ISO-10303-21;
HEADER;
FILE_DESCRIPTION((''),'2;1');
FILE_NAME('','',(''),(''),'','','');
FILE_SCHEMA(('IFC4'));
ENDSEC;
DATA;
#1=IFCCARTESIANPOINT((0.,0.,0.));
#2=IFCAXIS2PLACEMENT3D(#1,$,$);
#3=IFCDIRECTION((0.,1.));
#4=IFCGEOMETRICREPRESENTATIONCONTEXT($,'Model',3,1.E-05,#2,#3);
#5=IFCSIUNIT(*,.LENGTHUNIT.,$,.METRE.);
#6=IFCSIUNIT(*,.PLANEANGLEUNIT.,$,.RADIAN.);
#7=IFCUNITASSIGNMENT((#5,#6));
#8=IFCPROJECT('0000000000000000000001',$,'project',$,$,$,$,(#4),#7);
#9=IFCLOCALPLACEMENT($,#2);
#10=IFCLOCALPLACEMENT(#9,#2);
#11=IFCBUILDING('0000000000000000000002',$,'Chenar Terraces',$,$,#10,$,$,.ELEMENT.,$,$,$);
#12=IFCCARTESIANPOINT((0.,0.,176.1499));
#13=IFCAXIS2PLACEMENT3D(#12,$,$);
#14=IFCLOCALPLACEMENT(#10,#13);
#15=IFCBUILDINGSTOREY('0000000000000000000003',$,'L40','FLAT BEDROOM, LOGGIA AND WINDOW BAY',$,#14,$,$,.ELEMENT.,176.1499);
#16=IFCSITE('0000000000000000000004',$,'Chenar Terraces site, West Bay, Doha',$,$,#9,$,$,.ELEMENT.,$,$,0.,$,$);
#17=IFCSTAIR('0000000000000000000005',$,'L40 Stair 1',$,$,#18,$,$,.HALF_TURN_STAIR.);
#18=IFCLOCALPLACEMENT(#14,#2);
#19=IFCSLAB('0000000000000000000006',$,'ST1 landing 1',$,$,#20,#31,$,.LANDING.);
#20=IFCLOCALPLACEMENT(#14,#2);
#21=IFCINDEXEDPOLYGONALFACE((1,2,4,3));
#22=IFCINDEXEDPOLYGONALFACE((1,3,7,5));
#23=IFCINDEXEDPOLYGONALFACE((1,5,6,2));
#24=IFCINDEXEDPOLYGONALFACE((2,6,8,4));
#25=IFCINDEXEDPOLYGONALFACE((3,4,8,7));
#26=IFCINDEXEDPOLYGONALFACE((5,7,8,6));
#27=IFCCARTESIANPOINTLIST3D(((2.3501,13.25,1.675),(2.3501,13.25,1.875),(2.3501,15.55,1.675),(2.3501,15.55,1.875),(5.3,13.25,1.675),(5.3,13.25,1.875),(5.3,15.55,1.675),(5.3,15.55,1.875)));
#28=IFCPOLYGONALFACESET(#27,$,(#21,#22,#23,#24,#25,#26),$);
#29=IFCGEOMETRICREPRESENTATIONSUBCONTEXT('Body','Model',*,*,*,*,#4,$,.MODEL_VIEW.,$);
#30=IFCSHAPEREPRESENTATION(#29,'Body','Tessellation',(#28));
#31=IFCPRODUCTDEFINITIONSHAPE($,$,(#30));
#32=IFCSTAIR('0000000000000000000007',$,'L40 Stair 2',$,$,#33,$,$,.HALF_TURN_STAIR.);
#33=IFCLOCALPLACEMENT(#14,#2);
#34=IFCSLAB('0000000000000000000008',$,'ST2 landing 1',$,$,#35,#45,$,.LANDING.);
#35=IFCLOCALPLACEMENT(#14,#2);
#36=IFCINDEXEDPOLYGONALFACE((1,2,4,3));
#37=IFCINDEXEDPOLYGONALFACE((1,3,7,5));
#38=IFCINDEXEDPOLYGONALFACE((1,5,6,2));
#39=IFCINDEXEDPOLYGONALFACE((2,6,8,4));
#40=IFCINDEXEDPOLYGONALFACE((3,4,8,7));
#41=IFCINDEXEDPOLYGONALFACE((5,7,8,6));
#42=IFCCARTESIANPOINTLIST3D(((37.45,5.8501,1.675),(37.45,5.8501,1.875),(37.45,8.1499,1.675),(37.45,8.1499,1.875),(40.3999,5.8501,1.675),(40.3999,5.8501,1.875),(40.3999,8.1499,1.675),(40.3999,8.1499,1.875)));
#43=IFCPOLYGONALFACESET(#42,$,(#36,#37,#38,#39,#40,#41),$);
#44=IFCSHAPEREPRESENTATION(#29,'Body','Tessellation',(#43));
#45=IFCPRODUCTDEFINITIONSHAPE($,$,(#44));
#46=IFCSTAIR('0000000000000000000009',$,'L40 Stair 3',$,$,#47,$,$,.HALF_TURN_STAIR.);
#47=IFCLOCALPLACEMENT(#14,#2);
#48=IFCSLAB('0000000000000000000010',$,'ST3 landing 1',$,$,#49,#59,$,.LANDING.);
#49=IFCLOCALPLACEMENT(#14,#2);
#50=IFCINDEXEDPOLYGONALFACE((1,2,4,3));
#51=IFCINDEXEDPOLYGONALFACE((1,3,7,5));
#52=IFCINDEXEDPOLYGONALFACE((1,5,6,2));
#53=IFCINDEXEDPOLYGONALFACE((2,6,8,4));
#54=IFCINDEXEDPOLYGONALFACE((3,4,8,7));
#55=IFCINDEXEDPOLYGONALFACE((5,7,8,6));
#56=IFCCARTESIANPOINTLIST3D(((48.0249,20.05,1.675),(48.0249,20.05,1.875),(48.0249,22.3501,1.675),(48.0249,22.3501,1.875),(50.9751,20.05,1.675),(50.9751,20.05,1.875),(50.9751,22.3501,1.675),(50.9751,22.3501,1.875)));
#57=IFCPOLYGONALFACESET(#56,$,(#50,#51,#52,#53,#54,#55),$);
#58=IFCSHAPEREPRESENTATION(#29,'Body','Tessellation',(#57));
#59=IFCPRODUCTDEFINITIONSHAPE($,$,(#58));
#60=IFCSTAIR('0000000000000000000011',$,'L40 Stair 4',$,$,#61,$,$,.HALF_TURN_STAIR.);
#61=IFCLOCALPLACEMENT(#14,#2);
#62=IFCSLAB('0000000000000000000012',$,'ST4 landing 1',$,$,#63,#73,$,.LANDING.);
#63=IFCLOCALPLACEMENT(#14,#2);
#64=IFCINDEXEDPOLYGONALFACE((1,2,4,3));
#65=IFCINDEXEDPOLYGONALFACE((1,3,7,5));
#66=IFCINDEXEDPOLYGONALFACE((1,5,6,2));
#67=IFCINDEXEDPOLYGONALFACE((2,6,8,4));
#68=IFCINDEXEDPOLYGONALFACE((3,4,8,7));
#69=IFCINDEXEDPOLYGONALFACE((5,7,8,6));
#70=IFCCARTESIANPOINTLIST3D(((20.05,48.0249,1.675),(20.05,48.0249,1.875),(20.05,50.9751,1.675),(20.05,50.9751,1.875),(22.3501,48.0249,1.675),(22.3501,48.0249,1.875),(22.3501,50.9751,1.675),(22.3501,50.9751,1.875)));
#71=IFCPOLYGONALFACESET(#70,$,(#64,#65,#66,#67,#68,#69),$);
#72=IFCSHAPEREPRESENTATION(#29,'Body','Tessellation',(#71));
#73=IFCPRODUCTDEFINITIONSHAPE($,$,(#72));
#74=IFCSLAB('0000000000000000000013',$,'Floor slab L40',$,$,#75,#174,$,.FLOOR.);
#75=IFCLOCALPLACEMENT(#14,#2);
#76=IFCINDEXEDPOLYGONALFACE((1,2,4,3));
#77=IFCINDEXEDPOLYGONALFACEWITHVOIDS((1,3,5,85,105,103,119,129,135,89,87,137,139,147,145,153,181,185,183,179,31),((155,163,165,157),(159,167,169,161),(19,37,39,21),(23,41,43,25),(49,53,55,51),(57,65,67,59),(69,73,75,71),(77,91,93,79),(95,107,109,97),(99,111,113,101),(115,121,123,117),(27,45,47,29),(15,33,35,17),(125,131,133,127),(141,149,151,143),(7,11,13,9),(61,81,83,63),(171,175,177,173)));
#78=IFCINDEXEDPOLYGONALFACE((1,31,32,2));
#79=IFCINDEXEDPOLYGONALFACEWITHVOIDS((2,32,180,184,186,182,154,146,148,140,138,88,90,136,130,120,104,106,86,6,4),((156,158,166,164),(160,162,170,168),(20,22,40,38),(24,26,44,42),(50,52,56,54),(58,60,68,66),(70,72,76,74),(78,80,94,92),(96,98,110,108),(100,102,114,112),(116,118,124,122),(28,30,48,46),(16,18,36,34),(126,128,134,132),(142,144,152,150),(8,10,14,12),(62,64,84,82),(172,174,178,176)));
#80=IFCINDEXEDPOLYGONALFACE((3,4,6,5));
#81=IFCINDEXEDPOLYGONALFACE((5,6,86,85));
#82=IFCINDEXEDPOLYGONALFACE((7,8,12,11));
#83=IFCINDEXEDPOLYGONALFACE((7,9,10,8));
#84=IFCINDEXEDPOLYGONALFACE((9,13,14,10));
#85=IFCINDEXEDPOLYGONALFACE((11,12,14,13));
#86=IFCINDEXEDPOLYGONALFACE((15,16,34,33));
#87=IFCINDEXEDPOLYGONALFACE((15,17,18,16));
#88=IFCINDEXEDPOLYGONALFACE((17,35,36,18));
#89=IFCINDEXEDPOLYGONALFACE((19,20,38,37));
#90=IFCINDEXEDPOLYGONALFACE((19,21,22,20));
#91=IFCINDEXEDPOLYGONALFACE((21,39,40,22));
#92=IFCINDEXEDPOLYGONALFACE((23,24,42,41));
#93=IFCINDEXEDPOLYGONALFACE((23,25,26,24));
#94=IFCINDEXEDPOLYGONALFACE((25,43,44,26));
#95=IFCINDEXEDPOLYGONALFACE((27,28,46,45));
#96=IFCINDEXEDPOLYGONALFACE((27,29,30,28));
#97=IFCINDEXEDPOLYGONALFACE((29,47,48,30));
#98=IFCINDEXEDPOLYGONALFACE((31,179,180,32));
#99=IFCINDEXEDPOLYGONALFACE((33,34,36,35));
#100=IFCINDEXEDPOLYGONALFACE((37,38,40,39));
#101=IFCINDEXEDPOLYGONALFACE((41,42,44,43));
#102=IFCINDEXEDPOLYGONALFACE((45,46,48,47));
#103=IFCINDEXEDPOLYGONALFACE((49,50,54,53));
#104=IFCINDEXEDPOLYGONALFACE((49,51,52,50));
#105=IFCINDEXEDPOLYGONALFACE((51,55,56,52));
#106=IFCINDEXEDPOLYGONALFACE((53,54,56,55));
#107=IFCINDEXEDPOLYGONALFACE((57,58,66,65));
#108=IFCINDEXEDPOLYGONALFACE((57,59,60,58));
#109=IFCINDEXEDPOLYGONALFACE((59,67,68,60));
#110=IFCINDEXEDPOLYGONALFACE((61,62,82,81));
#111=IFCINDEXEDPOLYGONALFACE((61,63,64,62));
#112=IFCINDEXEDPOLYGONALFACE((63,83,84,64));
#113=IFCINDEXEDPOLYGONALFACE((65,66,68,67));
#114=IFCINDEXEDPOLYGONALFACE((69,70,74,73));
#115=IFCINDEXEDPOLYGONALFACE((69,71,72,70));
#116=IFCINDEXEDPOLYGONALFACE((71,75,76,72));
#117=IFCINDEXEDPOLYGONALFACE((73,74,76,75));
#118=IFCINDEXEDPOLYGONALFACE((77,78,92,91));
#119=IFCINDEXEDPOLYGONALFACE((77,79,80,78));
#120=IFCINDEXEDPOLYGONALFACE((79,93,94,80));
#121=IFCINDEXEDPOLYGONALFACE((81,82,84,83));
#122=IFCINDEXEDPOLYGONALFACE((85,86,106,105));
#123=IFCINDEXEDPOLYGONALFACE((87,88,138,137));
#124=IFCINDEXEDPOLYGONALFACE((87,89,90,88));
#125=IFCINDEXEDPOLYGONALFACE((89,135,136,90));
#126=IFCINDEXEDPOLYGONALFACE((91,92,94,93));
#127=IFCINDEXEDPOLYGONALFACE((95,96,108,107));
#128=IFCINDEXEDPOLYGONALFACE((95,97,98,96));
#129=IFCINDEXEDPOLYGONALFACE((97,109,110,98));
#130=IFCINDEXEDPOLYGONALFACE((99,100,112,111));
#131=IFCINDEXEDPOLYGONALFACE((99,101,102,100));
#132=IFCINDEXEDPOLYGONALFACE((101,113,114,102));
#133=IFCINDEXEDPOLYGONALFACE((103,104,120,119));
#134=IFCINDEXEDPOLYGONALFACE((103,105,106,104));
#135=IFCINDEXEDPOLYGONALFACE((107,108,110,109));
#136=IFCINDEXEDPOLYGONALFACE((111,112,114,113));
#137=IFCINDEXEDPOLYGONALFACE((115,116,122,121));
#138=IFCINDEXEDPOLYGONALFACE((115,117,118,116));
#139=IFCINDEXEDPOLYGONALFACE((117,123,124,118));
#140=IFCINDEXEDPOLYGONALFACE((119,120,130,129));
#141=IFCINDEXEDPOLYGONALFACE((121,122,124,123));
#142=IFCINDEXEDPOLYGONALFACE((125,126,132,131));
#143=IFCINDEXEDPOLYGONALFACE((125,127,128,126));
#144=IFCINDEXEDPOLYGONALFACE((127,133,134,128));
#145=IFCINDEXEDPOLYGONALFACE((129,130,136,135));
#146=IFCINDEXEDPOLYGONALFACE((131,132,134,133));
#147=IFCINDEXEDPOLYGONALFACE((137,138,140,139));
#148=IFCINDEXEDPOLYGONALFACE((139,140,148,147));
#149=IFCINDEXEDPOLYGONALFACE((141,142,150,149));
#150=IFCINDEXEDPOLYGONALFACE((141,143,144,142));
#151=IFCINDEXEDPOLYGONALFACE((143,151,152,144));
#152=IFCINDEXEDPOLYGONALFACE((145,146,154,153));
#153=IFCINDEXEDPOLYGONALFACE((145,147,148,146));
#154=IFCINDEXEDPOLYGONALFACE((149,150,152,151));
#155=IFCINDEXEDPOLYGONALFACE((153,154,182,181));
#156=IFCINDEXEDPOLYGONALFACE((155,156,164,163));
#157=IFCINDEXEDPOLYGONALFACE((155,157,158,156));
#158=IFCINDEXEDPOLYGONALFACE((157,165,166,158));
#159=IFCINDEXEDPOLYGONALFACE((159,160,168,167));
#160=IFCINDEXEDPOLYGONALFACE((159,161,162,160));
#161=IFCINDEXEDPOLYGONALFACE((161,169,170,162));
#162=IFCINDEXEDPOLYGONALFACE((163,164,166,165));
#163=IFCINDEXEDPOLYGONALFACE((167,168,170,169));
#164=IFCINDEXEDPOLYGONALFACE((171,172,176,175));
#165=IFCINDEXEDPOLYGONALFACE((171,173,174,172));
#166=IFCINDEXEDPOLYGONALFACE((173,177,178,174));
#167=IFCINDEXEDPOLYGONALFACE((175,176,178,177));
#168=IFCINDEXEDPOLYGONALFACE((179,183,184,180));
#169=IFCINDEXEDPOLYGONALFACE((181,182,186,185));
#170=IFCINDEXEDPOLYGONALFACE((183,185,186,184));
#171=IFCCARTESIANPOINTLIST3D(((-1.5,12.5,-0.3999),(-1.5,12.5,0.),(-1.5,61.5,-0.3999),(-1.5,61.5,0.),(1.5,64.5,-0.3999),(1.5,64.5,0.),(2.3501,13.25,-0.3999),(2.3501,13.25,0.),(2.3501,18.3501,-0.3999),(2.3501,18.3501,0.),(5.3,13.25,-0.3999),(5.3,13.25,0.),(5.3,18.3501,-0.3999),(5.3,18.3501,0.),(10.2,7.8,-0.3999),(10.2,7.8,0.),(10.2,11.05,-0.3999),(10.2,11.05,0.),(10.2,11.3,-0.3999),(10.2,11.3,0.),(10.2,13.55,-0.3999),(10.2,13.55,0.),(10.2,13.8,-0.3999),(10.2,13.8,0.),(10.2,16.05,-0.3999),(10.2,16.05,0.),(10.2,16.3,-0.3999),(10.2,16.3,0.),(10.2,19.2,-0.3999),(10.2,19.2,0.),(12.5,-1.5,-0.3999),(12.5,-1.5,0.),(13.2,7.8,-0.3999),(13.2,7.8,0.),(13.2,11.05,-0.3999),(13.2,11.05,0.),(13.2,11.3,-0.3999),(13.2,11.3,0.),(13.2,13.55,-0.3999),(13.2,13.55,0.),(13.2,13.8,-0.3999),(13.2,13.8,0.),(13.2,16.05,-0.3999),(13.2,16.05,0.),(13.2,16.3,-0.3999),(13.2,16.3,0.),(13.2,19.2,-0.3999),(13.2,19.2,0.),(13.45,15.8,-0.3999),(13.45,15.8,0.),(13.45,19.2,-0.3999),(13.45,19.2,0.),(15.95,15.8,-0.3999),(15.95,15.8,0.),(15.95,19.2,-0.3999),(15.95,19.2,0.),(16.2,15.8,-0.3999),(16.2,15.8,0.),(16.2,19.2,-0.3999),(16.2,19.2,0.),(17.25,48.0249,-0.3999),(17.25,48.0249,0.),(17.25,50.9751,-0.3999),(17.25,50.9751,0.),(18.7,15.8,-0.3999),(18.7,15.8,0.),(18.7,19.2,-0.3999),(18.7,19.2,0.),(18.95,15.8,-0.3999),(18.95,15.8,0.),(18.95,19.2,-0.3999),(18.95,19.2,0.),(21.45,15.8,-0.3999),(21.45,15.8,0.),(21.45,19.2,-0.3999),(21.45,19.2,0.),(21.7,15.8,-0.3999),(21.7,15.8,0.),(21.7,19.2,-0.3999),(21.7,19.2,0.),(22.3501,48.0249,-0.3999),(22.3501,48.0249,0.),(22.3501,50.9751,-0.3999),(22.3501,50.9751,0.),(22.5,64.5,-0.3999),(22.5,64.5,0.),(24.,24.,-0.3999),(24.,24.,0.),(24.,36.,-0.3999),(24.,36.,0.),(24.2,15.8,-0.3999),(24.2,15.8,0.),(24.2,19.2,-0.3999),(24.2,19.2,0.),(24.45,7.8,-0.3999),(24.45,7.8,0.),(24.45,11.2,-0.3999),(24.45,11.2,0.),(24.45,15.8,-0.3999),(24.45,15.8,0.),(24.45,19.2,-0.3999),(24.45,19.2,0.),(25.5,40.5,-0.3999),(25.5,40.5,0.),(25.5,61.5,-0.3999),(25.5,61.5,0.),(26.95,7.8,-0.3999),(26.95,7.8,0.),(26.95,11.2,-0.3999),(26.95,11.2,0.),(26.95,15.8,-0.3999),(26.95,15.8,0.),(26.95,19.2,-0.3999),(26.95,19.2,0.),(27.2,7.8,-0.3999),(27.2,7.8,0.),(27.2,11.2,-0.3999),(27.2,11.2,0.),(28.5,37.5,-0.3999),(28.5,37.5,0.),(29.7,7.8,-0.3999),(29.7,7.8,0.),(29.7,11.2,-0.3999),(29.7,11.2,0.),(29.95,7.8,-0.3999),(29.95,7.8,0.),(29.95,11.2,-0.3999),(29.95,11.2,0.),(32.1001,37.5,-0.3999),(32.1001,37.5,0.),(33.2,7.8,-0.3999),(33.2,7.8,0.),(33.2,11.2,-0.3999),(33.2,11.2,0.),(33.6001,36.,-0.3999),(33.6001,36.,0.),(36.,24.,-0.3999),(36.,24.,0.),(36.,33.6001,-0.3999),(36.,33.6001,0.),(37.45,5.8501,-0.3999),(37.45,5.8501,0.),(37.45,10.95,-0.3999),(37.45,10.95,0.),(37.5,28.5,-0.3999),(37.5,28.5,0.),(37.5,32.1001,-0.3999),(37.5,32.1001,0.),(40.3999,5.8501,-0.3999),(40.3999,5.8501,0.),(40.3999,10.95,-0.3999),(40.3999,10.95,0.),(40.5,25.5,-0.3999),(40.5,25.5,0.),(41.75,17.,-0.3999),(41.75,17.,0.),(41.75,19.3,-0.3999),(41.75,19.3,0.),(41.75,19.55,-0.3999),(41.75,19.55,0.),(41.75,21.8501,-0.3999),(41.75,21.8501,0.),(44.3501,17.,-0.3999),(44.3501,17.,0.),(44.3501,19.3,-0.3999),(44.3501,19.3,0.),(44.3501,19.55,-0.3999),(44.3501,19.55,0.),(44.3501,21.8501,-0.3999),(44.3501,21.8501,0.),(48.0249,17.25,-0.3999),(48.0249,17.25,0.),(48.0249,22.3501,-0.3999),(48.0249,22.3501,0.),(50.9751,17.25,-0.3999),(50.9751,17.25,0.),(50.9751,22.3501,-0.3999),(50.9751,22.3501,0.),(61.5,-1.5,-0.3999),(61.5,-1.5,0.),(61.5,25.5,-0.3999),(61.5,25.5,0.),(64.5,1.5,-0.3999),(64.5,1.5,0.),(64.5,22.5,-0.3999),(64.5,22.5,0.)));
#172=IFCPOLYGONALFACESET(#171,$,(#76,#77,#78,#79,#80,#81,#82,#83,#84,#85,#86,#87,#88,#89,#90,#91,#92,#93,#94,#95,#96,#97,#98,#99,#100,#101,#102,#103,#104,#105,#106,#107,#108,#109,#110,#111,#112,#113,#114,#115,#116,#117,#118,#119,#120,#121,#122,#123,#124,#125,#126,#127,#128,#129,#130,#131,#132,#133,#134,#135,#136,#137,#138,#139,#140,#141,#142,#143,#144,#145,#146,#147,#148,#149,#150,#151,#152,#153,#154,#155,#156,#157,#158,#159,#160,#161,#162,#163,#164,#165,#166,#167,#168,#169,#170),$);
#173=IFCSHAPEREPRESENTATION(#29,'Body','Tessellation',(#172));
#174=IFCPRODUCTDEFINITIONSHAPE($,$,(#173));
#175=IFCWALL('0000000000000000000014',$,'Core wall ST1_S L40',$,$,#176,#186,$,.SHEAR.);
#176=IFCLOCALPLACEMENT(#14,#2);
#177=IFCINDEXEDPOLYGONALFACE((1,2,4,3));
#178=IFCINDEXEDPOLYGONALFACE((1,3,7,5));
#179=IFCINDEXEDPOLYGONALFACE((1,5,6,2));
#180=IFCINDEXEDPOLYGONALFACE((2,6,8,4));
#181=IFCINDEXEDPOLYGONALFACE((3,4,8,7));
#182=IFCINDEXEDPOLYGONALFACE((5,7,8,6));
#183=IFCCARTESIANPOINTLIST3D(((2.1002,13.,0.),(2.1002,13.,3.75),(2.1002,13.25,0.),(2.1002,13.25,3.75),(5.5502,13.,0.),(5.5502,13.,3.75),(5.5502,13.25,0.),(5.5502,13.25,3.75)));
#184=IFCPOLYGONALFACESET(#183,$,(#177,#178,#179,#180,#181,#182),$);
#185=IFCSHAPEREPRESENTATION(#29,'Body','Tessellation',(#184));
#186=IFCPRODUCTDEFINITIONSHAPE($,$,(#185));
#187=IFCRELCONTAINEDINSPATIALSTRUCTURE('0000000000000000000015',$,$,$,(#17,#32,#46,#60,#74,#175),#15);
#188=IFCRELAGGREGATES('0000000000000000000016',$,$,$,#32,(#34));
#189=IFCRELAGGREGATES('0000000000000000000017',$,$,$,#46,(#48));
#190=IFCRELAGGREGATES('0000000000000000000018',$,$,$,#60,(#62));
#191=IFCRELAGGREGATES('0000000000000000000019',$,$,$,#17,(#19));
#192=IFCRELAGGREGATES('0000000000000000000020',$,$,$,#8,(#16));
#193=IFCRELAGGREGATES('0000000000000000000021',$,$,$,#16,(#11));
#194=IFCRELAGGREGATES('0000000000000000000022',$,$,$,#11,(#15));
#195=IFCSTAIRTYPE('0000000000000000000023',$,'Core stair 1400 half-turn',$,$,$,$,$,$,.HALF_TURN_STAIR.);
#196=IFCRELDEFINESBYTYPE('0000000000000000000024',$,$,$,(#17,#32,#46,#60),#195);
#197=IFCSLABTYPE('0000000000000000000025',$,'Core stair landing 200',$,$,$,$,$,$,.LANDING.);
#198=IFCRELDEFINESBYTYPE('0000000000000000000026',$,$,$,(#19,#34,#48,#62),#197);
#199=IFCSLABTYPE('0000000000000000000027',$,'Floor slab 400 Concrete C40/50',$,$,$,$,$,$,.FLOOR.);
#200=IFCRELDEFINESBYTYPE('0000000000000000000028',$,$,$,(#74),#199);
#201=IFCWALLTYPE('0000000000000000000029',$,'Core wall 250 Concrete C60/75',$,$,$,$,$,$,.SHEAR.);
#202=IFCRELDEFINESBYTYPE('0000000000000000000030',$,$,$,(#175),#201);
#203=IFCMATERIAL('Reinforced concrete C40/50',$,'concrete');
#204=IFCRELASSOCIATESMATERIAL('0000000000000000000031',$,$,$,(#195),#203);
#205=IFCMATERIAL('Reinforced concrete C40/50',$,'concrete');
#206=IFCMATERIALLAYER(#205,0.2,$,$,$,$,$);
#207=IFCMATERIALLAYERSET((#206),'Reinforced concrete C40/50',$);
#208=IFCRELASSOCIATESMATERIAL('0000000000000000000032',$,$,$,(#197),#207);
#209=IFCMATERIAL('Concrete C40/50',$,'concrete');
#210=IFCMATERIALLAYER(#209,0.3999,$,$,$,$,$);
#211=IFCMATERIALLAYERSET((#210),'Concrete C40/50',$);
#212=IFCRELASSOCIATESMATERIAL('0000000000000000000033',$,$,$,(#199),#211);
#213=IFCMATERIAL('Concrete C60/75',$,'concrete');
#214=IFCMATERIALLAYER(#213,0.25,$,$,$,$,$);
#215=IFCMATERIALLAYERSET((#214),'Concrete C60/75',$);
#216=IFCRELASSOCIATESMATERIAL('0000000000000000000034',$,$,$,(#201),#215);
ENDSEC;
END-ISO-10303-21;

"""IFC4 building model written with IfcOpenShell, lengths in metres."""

from ifc_helpers import new_model, si_unit, direction, frame, frame_2d, origin, place, context, subcontext, project, spatial, polyline, rectangle, outline, extrude, material, layer, layer_set, type_object, element, aggregate, save


model = new_model("IFC4")

# Units and contexts
model_context = context("Model", 3, precision=1e-05, world=origin(), true_north=direction((0.0, 1.0)))
body_context = subcontext(model_context, "Body", "Model", "MODEL_VIEW")
ifc_project = project(units=[si_unit("LENGTHUNIT", "METRE"), si_unit("PLANEANGLEUNIT", "RADIAN")], contexts=[model_context])

# Site, building, storey
site_placement = place(None, origin())
site = spatial("IfcSite", under=ifc_project, at=site_placement, Name="Chenar Terraces site, West Bay, Doha", CompositionType="ELEMENT", RefElevation=0.0)
building_placement = place(site_placement, origin())
building = spatial("IfcBuilding", under=site, at=building_placement, Name="Chenar Terraces", CompositionType="ELEMENT")
storey_placement = place(building_placement, frame((0.0, 0.0, 176.1499)))
storey = spatial("IfcBuildingStorey", under=building, at=storey_placement, Name="L40", Description="FLAT BEDROOM, LOGGIA AND WINDOW BAY", CompositionType="ELEMENT", Elevation=176.1499)

# Stairs, slabs
ifc_material_1 = material(Name="Reinforced concrete C40/50", Category="concrete")
stair_type = type_object("IfcStairType", Name="Core stair 1400 half-turn", PredefinedType="HALF_TURN_STAIR", material=ifc_material_1)
placement_1 = place(storey_placement, origin())
stair_1 = element("IfcStair", 1, at=placement_1, inside=storey, type_object=stair_type, Name="L40 Stair 1", PredefinedType="HALF_TURN_STAIR")
ifc_material_2 = material(Name="Reinforced concrete C40/50", Category="concrete")
ifc_layer_1 = layer(ifc_material_2, 0.2)
ifc_layer_set_1 = layer_set([ifc_layer_1], Name="Reinforced concrete C40/50")
slab_type_1 = type_object("IfcSlabType", Name="Core stair landing 200", PredefinedType="LANDING", material=ifc_layer_set_1)
placement_2 = place(storey_placement, frame((0.0, 0.0, 1.675)))
slab_1 = element("IfcSlab", 2, at=placement_2, type_object=slab_type_1, Name="ST1 landing 1", PredefinedType="LANDING", context=body_context, shape_type="SweptSolid", body=[
    extrude(outline(polyline([(2.3501, 15.55), (2.3501, 13.25), (5.3, 13.25), (5.3, 15.55), (2.3501, 15.55)])), origin(), (0.0, 0.0, 1.0), 0.2),
])
stair_2 = element("IfcStair", 3, at=placement_1, inside=storey, type_object=stair_type, Name="L40 Stair 2", PredefinedType="HALF_TURN_STAIR")
slab_2 = element("IfcSlab", 4, at=placement_2, type_object=slab_type_1, Name="ST2 landing 1", PredefinedType="LANDING", context=body_context, shape_type="SweptSolid", body=[
    extrude(outline(polyline([(37.45, 8.1499), (37.45, 5.8501), (40.3999, 5.8501), (40.3999, 8.1499), (37.45, 8.1499)])), origin(), (0.0, 0.0, 1.0), 0.2),
])
aggregate(stair_2, [slab_2])
stair_3 = element("IfcStair", 5, at=placement_1, inside=storey, type_object=stair_type, Name="L40 Stair 3", PredefinedType="HALF_TURN_STAIR")
slab_3 = element("IfcSlab", 6, at=placement_2, type_object=slab_type_1, Name="ST3 landing 1", PredefinedType="LANDING", context=body_context, shape_type="SweptSolid", body=[
    extrude(outline(polyline([(50.9751, 20.05), (50.9751, 22.3501), (48.0249, 22.3501), (48.0249, 20.05), (50.9751, 20.05)])), origin(), (0.0, 0.0, 1.0), 0.2),
])
aggregate(stair_3, [slab_3])
stair_4 = element("IfcStair", 7, at=placement_1, inside=storey, type_object=stair_type, Name="L40 Stair 4", PredefinedType="HALF_TURN_STAIR")
slab_4 = element("IfcSlab", 8, at=placement_2, type_object=slab_type_1, Name="ST4 landing 1", PredefinedType="LANDING", context=body_context, shape_type="SweptSolid", body=[
    extrude(outline(polyline([(20.05, 48.0249), (22.3501, 48.0249), (22.3501, 50.9751), (20.05, 50.9751), (20.05, 48.0249)])), origin(), (0.0, 0.0, 1.0), 0.2),
])
aggregate(stair_4, [slab_4])

# Slab
ifc_material_3 = material(Name="Concrete C40/50", Category="concrete")
ifc_layer_2 = layer(ifc_material_3, 0.3999)
ifc_layer_set_2 = layer_set([ifc_layer_2], Name="Concrete C40/50")
slab_type_2 = type_object("IfcSlabType", Name="Floor slab 400 Concrete C40/50", PredefinedType="FLOOR", material=ifc_layer_set_2)
slab_5_placement = place(storey_placement, frame((0.0, 0.0, -0.3999)))
element("IfcSlab", 9, at=slab_5_placement, inside=storey, type_object=slab_type_2, Name="Floor slab L40", PredefinedType="FLOOR", context=body_context, shape_type="SweptSolid", body=[
    extrude(outline(polyline([(64.5, 22.5), (64.5, 1.5), (61.5, -1.5), (12.5, -1.5), (-1.5, 12.5), (-1.5, 61.5), (1.5, 64.5), (22.5, 64.5), (25.5, 61.5), (25.5, 40.5), (28.5, 37.5), (32.1001, 37.5), (33.6001, 36.0), (24.0, 36.0), (24.0, 24.0), (36.0, 24.0), (36.0, 33.6001), (37.5, 32.1001), (37.5, 28.5), (40.5, 25.5), (61.5, 25.5), (64.5, 22.5)]), holes=[polyline([(13.2, 11.05), (10.2, 11.05), (10.2, 7.8), (13.2, 7.8), (13.2, 11.05)]), polyline([(13.2, 13.55), (10.2, 13.55), (10.2, 11.3), (13.2, 11.3), (13.2, 13.55)]), polyline([(13.2, 16.05), (10.2, 16.05), (10.2, 13.8), (13.2, 13.8), (13.2, 16.05)]), polyline([(2.3501, 13.25), (5.3, 13.25), (5.3, 18.3501), (2.3501, 18.3501), (2.3501, 13.25)]), polyline([(15.95, 19.2), (13.45, 19.2), (13.45, 15.8), (15.95, 15.8), (15.95, 19.2)]), polyline([(18.7, 19.2), (16.2, 19.2), (16.2, 15.8), (18.7, 15.8), (18.7, 19.2)]), polyline([(21.45, 19.2), (18.95, 19.2), (18.95, 15.8), (21.45, 15.8), (21.45, 19.2)]), polyline([(24.2, 15.8), (24.2, 19.2), (21.7, 19.2), (21.7, 15.8), (24.2, 15.8)]), polyline([(13.2, 16.3), (13.2, 19.2), (10.2, 19.2), (10.2, 16.3), (13.2, 16.3)]), polyline([(22.3501, 48.0249), (22.3501, 50.9751), (17.25, 50.9751), (17.25, 48.0249), (22.3501, 48.0249)]), polyline([(37.45, 5.8501), (40.3999, 5.8501), (40.3999, 10.95), (37.45, 10.95), (37.45, 5.8501)]), polyline([(26.95, 11.2), (24.45, 11.2), (24.45, 7.8), (26.95, 7.8), (26.95, 11.2)]), polyline([(29.7, 7.8), (29.7, 11.2), (27.2, 11.2), (27.2, 7.8), (29.7, 7.8)]), polyline([(33.2, 7.8), (33.2, 11.2), (29.95, 11.2), (29.95, 7.8), (33.2, 7.8)]), polyline([(26.95, 19.2), (24.45, 19.2), (24.45, 15.8), (26.95, 15.8), (26.95, 19.2)]), polyline([(44.3501, 19.3), (41.75, 19.3), (41.75, 17.0), (44.3501, 17.0), (44.3501, 19.3)]), polyline([(50.9751, 22.3501), (48.0249, 22.3501), (48.0249, 17.25), (50.9751, 17.25), (50.9751, 22.3501)]), polyline([(44.3501, 19.55), (44.3501, 21.8501), (41.75, 21.8501), (41.75, 19.55), (44.3501, 19.55)])]), origin(), (0.0, 0.0, 1.0), 0.3999),
])

# Wall
ifc_material_4 = material(Name="Concrete C60/75", Category="concrete")
ifc_layer_3 = layer(ifc_material_4, 0.25)
ifc_layer_set_3 = layer_set([ifc_layer_3], Name="Concrete C60/75")
wall_type_1 = type_object("IfcWallType", Name="Core wall 250 Concrete C60/75", PredefinedType="SHEAR", material=ifc_layer_set_3)
wall_1_placement = place(storey_placement, frame((2.1001, 13.125, 0.0), z_axis=(0.0, 0.0, 1.0), x_axis=(1.0, 0.0, 0.0)))
element("IfcWall", 10, at=wall_1_placement, inside=storey, type_object=wall_type_1, Name="Core wall ST1_S L40", PredefinedType="SHEAR", context=body_context, shape_type="SweptSolid", body=[
    extrude(rectangle(XDim=3.45, YDim=0.25, at=frame_2d((1.7251, 0.0))), origin(), (0.0, 0.0, 1.0), 3.75),
])

aggregate(stair_1, [slab_1])

save(model, "model.ifc")
